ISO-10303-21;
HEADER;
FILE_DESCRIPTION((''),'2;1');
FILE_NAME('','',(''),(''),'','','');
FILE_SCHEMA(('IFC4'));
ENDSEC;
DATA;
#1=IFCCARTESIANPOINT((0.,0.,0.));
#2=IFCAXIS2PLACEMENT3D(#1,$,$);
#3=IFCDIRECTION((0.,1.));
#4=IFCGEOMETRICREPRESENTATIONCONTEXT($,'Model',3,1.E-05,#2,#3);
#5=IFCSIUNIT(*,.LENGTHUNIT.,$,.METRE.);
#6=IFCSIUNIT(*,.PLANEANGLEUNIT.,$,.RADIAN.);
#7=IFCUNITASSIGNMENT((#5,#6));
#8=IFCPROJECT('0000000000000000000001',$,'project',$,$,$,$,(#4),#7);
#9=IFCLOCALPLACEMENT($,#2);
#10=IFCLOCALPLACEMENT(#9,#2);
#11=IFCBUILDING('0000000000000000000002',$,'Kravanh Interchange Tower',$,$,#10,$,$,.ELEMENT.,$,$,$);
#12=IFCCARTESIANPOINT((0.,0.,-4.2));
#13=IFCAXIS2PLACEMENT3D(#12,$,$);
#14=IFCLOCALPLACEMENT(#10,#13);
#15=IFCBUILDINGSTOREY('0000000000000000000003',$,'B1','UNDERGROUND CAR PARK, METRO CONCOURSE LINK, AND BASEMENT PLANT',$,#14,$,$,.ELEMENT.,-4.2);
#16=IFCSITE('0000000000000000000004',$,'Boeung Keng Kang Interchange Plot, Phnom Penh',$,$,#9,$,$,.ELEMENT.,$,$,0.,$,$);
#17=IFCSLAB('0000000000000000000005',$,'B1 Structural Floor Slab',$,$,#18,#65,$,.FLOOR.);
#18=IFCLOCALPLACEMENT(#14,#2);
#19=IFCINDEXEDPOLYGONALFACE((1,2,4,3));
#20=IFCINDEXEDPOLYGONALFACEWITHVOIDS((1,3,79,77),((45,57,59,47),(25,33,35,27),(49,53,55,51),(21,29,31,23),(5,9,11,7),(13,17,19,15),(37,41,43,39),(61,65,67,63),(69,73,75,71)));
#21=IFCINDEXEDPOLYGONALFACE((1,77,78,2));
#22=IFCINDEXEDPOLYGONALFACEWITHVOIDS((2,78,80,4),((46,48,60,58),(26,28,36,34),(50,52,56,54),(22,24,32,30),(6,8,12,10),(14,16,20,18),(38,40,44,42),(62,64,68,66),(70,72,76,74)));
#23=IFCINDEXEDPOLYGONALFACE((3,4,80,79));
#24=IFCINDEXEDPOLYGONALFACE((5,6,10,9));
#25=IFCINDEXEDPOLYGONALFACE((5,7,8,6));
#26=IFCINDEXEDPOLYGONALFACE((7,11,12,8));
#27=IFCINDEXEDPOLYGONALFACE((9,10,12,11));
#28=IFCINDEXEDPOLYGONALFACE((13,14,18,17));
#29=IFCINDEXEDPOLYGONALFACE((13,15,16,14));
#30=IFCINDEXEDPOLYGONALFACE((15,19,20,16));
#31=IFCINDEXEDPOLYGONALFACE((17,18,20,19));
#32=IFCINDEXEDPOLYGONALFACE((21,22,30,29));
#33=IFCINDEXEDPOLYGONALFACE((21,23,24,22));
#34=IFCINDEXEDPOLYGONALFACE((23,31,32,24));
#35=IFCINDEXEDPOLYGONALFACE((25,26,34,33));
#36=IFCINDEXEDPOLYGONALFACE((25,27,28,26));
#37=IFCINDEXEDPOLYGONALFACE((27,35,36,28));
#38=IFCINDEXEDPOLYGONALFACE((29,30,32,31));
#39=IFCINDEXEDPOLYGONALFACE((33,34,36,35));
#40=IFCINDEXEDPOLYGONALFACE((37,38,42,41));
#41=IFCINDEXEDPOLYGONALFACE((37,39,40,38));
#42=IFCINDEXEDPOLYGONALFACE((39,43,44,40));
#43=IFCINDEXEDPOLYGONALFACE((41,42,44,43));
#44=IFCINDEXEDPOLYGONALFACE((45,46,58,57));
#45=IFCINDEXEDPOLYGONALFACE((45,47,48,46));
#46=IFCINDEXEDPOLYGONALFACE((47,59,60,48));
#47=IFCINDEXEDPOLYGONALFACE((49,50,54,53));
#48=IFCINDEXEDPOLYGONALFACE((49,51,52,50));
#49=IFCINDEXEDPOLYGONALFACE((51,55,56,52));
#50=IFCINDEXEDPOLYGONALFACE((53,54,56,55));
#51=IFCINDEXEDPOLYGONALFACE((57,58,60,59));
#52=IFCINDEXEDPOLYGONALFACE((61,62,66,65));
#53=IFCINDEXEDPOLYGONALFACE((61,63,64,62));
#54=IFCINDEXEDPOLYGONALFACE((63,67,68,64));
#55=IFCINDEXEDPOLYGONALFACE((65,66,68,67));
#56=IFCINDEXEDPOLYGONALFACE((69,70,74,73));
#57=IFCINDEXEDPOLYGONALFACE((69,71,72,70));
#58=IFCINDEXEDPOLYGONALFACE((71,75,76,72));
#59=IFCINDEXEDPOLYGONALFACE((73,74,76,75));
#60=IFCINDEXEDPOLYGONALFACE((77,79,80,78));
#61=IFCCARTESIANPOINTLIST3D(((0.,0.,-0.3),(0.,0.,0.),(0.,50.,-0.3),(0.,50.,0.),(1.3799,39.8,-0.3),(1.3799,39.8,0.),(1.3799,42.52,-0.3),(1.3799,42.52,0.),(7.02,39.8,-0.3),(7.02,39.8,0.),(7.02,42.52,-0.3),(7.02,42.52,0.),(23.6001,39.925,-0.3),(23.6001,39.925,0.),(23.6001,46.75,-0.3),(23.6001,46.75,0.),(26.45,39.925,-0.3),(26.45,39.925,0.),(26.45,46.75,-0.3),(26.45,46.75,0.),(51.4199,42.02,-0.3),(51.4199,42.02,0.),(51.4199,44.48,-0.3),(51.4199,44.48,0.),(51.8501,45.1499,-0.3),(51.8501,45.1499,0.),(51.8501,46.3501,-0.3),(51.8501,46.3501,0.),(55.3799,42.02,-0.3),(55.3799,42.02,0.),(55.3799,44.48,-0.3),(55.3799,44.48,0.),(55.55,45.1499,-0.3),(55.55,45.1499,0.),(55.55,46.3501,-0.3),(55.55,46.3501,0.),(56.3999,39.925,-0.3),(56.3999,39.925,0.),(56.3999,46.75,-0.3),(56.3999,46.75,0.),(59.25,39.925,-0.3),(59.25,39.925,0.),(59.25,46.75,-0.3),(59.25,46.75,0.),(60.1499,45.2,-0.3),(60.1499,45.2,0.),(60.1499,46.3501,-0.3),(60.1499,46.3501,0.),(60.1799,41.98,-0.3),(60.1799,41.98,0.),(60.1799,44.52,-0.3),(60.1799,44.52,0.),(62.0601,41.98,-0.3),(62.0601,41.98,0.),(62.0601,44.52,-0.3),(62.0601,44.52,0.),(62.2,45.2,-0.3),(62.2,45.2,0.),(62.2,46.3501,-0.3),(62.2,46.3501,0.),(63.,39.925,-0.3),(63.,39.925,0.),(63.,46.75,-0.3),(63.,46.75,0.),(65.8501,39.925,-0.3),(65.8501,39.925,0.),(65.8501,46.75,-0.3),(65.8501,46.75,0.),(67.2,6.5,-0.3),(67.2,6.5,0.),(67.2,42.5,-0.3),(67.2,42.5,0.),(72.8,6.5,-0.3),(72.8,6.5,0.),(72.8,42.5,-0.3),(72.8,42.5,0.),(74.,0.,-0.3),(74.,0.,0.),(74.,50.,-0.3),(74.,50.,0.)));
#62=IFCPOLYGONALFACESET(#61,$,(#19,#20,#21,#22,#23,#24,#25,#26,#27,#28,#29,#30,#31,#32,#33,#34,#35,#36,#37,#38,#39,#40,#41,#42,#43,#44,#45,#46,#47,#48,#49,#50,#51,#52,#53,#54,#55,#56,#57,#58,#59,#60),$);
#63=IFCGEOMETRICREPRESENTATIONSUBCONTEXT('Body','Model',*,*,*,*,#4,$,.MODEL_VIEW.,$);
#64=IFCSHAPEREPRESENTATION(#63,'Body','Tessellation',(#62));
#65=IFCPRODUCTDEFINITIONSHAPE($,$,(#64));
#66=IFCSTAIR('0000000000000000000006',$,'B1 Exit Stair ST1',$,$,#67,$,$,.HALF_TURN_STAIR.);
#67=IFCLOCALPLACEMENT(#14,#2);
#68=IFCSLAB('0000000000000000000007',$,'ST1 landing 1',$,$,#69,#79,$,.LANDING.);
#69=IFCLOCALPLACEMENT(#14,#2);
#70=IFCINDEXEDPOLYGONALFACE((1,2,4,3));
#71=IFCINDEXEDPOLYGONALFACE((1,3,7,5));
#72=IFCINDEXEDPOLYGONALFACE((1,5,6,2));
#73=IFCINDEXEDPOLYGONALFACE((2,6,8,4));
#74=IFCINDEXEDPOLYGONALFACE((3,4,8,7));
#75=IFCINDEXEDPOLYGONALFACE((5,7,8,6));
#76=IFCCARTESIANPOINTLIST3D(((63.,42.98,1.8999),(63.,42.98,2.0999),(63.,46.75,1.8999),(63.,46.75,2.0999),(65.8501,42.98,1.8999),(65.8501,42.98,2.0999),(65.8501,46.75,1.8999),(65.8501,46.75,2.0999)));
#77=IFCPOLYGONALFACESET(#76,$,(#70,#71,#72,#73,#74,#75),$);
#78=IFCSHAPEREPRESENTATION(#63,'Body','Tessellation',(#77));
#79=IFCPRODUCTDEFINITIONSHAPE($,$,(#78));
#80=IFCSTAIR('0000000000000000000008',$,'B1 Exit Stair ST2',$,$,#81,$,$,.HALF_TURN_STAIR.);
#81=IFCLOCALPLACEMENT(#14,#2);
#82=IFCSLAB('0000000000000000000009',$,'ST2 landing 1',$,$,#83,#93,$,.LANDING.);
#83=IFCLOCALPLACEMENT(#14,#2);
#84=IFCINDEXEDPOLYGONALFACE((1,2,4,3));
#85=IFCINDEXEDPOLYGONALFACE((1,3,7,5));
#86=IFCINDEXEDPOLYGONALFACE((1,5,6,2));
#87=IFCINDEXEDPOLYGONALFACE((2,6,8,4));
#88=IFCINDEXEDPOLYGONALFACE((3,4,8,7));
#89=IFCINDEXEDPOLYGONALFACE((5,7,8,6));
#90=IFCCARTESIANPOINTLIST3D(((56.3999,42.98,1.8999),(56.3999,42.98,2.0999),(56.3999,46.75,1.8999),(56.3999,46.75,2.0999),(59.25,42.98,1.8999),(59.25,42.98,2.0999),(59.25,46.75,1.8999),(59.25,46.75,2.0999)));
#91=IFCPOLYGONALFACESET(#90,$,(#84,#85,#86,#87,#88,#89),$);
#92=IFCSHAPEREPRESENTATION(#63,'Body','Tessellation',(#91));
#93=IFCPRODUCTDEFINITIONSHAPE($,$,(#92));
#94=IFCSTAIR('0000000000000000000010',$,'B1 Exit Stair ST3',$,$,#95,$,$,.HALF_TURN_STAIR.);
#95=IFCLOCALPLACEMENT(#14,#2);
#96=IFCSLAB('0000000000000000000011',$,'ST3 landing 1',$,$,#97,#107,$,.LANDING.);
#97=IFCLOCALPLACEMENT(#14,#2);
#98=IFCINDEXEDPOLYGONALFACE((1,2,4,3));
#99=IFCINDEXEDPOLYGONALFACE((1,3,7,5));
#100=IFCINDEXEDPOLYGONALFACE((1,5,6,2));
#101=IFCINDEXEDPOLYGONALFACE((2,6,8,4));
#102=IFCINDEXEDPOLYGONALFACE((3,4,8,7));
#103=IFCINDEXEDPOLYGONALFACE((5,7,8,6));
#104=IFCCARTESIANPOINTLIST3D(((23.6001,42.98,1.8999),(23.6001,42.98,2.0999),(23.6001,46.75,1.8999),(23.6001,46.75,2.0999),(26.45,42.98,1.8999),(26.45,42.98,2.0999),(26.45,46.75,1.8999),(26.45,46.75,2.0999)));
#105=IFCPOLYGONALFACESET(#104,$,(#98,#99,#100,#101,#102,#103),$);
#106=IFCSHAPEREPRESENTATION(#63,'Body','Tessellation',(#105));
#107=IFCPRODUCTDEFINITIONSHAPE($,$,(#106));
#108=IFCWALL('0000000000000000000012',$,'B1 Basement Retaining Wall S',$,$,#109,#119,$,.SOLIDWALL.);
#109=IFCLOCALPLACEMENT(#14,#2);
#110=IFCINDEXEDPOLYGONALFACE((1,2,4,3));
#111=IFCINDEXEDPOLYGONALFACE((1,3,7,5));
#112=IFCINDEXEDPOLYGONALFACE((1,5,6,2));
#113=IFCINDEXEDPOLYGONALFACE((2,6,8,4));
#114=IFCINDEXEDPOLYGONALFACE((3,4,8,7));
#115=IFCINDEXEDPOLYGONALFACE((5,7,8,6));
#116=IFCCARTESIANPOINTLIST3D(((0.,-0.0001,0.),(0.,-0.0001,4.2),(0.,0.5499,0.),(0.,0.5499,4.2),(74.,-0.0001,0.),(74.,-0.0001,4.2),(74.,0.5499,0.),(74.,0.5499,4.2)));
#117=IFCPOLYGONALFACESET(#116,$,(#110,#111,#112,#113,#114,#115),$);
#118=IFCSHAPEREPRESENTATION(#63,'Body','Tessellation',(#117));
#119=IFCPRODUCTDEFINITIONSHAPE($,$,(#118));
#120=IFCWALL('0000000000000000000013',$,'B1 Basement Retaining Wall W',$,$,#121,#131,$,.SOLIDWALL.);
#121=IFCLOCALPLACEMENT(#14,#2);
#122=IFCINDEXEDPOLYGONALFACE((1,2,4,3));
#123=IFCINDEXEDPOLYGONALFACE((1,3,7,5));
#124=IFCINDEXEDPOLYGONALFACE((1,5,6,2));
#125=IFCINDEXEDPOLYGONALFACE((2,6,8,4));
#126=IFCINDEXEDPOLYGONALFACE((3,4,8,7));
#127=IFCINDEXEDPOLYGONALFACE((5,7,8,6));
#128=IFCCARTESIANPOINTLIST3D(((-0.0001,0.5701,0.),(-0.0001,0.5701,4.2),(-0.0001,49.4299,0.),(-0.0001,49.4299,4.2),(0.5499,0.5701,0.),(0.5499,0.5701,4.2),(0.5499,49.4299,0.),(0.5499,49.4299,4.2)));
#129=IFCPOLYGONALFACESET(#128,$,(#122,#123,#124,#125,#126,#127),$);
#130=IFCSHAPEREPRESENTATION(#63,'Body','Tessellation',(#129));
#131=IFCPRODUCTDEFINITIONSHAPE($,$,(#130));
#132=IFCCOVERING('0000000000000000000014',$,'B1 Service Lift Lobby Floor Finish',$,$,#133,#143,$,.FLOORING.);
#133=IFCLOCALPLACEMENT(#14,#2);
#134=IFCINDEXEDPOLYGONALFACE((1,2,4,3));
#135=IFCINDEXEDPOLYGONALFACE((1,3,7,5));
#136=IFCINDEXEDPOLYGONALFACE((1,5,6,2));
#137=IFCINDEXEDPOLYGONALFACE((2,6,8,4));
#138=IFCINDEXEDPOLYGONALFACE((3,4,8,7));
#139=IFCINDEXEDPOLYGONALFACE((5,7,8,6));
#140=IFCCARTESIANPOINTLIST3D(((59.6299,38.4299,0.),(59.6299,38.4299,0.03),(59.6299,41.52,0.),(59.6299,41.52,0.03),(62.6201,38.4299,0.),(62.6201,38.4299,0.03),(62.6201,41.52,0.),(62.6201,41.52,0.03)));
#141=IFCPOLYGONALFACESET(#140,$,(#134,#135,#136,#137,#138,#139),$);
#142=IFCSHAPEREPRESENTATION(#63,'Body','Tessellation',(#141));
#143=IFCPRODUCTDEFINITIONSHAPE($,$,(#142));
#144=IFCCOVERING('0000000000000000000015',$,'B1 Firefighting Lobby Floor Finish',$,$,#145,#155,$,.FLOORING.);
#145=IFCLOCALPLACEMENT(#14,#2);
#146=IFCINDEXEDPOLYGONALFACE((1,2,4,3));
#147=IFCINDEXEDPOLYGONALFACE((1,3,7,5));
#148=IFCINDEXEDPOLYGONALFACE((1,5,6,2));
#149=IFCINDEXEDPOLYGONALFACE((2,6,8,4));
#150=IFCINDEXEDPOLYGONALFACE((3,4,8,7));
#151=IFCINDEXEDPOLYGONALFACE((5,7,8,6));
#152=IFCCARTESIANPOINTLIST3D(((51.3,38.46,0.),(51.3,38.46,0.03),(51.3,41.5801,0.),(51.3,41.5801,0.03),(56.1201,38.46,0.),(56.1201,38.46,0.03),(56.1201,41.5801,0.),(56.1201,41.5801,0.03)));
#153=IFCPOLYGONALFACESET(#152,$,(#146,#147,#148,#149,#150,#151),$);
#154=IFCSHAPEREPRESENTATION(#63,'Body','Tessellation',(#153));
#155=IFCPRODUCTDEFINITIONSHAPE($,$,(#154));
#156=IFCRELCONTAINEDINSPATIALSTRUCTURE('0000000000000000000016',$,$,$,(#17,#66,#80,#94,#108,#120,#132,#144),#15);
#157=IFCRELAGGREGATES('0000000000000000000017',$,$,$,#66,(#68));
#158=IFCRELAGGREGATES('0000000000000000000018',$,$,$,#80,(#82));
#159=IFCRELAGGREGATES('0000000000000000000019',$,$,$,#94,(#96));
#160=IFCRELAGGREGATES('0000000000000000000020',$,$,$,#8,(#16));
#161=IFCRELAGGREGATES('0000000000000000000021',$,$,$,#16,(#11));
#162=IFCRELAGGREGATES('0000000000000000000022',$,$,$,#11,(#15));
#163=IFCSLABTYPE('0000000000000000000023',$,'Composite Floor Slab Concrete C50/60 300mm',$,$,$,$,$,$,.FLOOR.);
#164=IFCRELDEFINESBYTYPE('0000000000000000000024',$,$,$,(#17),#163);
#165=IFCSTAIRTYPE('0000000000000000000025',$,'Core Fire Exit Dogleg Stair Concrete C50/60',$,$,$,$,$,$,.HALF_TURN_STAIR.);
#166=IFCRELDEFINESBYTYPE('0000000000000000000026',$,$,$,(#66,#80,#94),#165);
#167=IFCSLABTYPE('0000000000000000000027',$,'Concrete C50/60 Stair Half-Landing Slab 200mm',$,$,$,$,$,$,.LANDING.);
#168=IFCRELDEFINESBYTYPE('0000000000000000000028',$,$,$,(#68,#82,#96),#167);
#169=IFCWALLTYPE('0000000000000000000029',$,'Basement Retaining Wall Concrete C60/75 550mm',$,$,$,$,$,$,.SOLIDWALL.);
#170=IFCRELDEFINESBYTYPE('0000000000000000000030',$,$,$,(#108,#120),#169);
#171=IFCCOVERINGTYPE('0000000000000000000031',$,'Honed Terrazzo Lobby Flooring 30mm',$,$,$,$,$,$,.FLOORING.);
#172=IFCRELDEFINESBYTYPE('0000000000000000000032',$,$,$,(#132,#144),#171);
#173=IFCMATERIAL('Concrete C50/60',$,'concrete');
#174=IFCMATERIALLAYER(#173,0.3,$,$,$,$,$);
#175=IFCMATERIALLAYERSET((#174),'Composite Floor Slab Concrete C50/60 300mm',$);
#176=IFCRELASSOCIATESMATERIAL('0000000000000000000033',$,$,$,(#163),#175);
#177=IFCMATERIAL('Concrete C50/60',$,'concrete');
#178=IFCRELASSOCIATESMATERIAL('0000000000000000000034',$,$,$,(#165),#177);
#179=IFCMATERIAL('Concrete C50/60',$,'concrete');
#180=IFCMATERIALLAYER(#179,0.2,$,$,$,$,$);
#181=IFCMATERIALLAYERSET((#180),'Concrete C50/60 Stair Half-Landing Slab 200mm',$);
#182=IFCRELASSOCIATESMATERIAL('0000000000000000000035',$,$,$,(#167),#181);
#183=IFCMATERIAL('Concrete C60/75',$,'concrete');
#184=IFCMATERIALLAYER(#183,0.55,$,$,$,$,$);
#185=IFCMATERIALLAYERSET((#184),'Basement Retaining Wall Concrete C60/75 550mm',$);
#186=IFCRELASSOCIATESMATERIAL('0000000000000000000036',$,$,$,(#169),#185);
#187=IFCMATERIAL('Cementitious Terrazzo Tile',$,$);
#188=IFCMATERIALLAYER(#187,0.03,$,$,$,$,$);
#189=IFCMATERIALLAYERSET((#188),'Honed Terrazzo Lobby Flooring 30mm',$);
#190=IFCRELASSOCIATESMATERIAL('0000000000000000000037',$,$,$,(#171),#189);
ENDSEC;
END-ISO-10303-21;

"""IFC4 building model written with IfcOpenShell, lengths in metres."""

from ifc_helpers import new_model, si_unit, direction, frame, frame_2d, origin, place, context, subcontext, project, spatial, polyline, rectangle, outline, extrude, material, layer, layer_set, type_object, element, aggregate, save


model = new_model("IFC4")

# Units and contexts
model_context = context("Model", 3, precision=1e-05, world=origin(), true_north=direction((0.0, 1.0)))
body_context = subcontext(model_context, "Body", "Model", "MODEL_VIEW")
ifc_project = project(units=[si_unit("LENGTHUNIT", "METRE"), si_unit("PLANEANGLEUNIT", "RADIAN")], contexts=[model_context])

# Site, building, storey
site_placement = place(None, origin())
site = spatial("IfcSite", under=ifc_project, at=site_placement, Name="Boeung Keng Kang Interchange Plot, Phnom Penh", CompositionType="ELEMENT", RefElevation=0.0)
building_placement = place(site_placement, origin())
building = spatial("IfcBuilding", under=site, at=building_placement, Name="Kravanh Interchange Tower", CompositionType="ELEMENT")
storey_placement = place(building_placement, frame((0.0, 0.0, -4.2)))
storey = spatial("IfcBuildingStorey", under=building, at=storey_placement, Name="B1", Description="UNDERGROUND CAR PARK, METRO CONCOURSE LINK, AND BASEMENT PLANT", CompositionType="ELEMENT", Elevation=-4.2)

# Slab
ifc_material_1 = material(Name="Concrete C50/60", Category="concrete")
ifc_layer_1 = layer(ifc_material_1, 0.3)
ifc_layer_set_1 = layer_set([ifc_layer_1], Name="Composite Floor Slab Concrete C50/60 300mm")
slab_type_1 = type_object("IfcSlabType", Name="Composite Floor Slab Concrete C50/60 300mm", PredefinedType="FLOOR", material=ifc_layer_set_1)
slab_1_placement = place(storey_placement, frame((0.0, 0.0, -0.3)))
element("IfcSlab", 1, at=slab_1_placement, inside=storey, type_object=slab_type_1, Name="B1 Structural Floor Slab", PredefinedType="FLOOR", context=body_context, shape_type="SweptSolid", body=[
    extrude(outline(polyline([(0.0, 0.0), (74.0, 0.0), (74.0, 50.0), (0.0, 50.0), (0.0, 0.0)]), holes=[polyline([(65.8501, 39.925), (65.8501, 46.75), (63.0, 46.75), (63.0, 39.925), (65.8501, 39.925)]), polyline([(59.25, 39.925), (59.25, 46.75), (56.3999, 46.75), (56.3999, 39.925), (59.25, 39.925)]), polyline([(26.45, 39.925), (26.45, 46.75), (23.6001, 46.75), (23.6001, 39.925), (26.45, 39.925)]), polyline([(51.4199, 42.02), (55.3799, 42.02), (55.3799, 44.48), (51.4199, 44.48), (51.4199, 42.02)]), polyline([(60.1799, 41.98), (62.0601, 41.98), (62.0601, 44.52), (60.1799, 44.52), (60.1799, 41.98)]), polyline([(67.2, 6.5), (72.8, 6.5), (72.8, 42.5), (67.2, 42.5), (67.2, 6.5)]), polyline([(1.3799, 39.8), (7.02, 39.8), (7.02, 42.52), (1.3799, 42.52), (1.3799, 39.8)]), polyline([(60.1499, 45.2), (62.2, 45.2), (62.2, 46.3501), (60.1499, 46.3501), (60.1499, 45.2)]), polyline([(51.8501, 45.1499), (55.55, 45.1499), (55.55, 46.3501), (51.8501, 46.3501), (51.8501, 45.1499)])]), origin(), (0.0, 0.0, 1.0), 0.3),
])

# Stairs, slabs
ifc_material_2 = material(Name="Concrete C50/60", Category="concrete")
stair_type = type_object("IfcStairType", Name="Core Fire Exit Dogleg Stair Concrete C50/60", PredefinedType="HALF_TURN_STAIR", material=ifc_material_2)
stair_1_placement = place(storey_placement, origin())
stair_1 = element("IfcStair", 2, at=stair_1_placement, inside=storey, type_object=stair_type, Name="B1 Exit Stair ST1", PredefinedType="HALF_TURN_STAIR")
ifc_material_3 = material(Name="Concrete C50/60", Category="concrete")
ifc_layer_2 = layer(ifc_material_3, 0.2)
ifc_layer_set_2 = layer_set([ifc_layer_2], Name="Concrete C50/60 Stair Half-Landing Slab 200mm")
slab_type_2 = type_object("IfcSlabType", Name="Concrete C50/60 Stair Half-Landing Slab 200mm", PredefinedType="LANDING", material=ifc_layer_set_2)
slab_2_placement = place(storey_placement, frame((0.0, 0.0, 1.8999)))
slab_2 = element("IfcSlab", 3, at=slab_2_placement, type_object=slab_type_2, Name="ST1 landing 1", PredefinedType="LANDING", context=body_context, shape_type="SweptSolid", body=[
    extrude(outline(polyline([(65.8501, 42.98), (65.8501, 46.75), (63.0, 46.75), (63.0, 42.98), (65.8501, 42.98)])), origin(), (0.0, 0.0, 1.0), 0.2),
])
aggregate(stair_1, [slab_2])
stair_2_placement = place(storey_placement, origin())
stair_2 = element("IfcStair", 4, at=stair_2_placement, inside=storey, type_object=stair_type, Name="B1 Exit Stair ST2", PredefinedType="HALF_TURN_STAIR")
slab_3_placement = place(storey_placement, frame((0.0, 0.0, 1.8999)))
slab_3 = element("IfcSlab", 5, at=slab_3_placement, type_object=slab_type_2, Name="ST2 landing 1", PredefinedType="LANDING", context=body_context, shape_type="SweptSolid", body=[
    extrude(outline(polyline([(59.25, 42.98), (59.25, 46.75), (56.3999, 46.75), (56.3999, 42.98), (59.25, 42.98)])), origin(), (0.0, 0.0, 1.0), 0.2),
])
aggregate(stair_2, [slab_3])
stair_3_placement = place(storey_placement, origin())
stair_3 = element("IfcStair", 6, at=stair_3_placement, inside=storey, type_object=stair_type, Name="B1 Exit Stair ST3", PredefinedType="HALF_TURN_STAIR")
slab_4_placement = place(storey_placement, frame((0.0, 0.0, 1.8999)))
slab_4 = element("IfcSlab", 7, at=slab_4_placement, type_object=slab_type_2, Name="ST3 landing 1", PredefinedType="LANDING", context=body_context, shape_type="SweptSolid", body=[
    extrude(outline(polyline([(26.45, 42.98), (26.45, 46.75), (23.6001, 46.75), (23.6001, 42.98), (26.45, 42.98)])), origin(), (0.0, 0.0, 1.0), 0.2),
])
aggregate(stair_3, [slab_4])

# Walls
ifc_material_4 = material(Name="Concrete C60/75", Category="concrete")
ifc_layer_3 = layer(ifc_material_4, 0.55)
ifc_layer_set_3 = layer_set([ifc_layer_3], Name="Basement Retaining Wall Concrete C60/75 550mm")
wall_type = type_object("IfcWallType", Name="Basement Retaining Wall Concrete C60/75 550mm", PredefinedType="SOLIDWALL", material=ifc_layer_set_3)
wall_1_placement = place(storey_placement, frame((0.0, 0.2749, 0.0), z_axis=(0.0, 0.0, 1.0), x_axis=(1.0, 0.0, 0.0)))
element("IfcWall", 8, at=wall_1_placement, inside=storey, type_object=wall_type, Name="B1 Basement Retaining Wall S", PredefinedType="SOLIDWALL", context=body_context, shape_type="SweptSolid", body=[
    extrude(rectangle(XDim=74.0, YDim=0.55, at=frame_2d((37.0, 0.0))), origin(), (0.0, 0.0, 1.0), 4.2),
])
wall_2_placement = place(storey_placement, frame((0.2749, 0.5701, 0.0), z_axis=(0.0, 0.0, 1.0), x_axis=(0.0, 1.0, 0.0)))
element("IfcWall", 9, at=wall_2_placement, inside=storey, type_object=wall_type, Name="B1 Basement Retaining Wall W", PredefinedType="SOLIDWALL", context=body_context, shape_type="SweptSolid", body=[
    extrude(rectangle(XDim=48.8599, YDim=0.55, at=frame_2d((24.4299, 0.0))), origin(), (0.0, 0.0, 1.0), 4.2),
])

# Coverings
ifc_material_5 = material(Name="Cementitious Terrazzo Tile")
ifc_layer_4 = layer(ifc_material_5, 0.03)
ifc_layer_set_4 = layer_set([ifc_layer_4], Name="Honed Terrazzo Lobby Flooring 30mm")
covering_type_1 = type_object("IfcCoveringType", Name="Honed Terrazzo Lobby Flooring 30mm", PredefinedType="FLOORING", material=ifc_layer_set_4)
covering_1_placement = place(storey_placement, origin())
element("IfcCovering", 10, at=covering_1_placement, inside=storey, type_object=covering_type_1, Name="B1 Service Lift Lobby Floor Finish", PredefinedType="FLOORING", context=body_context, shape_type="SweptSolid", body=[
    extrude(outline(polyline([(59.6299, 41.52), (62.6201, 41.52), (62.6201, 38.4299), (59.6299, 38.4299), (59.6299, 41.52)])), origin(), (0.0, 0.0, 1.0), 0.03),
])
covering_2_placement = place(storey_placement, origin())
element("IfcCovering", 11, at=covering_2_placement, inside=storey, type_object=covering_type_1, Name="B1 Firefighting Lobby Floor Finish", PredefinedType="FLOORING", context=body_context, shape_type="SweptSolid", body=[
    extrude(outline(polyline([(56.1201, 38.46), (51.3, 38.46), (51.3, 41.5801), (56.1201, 41.5801), (56.1201, 38.46)])), origin(), (0.0, 0.0, 1.0), 0.03),
])

save(model, "model.ifc")
